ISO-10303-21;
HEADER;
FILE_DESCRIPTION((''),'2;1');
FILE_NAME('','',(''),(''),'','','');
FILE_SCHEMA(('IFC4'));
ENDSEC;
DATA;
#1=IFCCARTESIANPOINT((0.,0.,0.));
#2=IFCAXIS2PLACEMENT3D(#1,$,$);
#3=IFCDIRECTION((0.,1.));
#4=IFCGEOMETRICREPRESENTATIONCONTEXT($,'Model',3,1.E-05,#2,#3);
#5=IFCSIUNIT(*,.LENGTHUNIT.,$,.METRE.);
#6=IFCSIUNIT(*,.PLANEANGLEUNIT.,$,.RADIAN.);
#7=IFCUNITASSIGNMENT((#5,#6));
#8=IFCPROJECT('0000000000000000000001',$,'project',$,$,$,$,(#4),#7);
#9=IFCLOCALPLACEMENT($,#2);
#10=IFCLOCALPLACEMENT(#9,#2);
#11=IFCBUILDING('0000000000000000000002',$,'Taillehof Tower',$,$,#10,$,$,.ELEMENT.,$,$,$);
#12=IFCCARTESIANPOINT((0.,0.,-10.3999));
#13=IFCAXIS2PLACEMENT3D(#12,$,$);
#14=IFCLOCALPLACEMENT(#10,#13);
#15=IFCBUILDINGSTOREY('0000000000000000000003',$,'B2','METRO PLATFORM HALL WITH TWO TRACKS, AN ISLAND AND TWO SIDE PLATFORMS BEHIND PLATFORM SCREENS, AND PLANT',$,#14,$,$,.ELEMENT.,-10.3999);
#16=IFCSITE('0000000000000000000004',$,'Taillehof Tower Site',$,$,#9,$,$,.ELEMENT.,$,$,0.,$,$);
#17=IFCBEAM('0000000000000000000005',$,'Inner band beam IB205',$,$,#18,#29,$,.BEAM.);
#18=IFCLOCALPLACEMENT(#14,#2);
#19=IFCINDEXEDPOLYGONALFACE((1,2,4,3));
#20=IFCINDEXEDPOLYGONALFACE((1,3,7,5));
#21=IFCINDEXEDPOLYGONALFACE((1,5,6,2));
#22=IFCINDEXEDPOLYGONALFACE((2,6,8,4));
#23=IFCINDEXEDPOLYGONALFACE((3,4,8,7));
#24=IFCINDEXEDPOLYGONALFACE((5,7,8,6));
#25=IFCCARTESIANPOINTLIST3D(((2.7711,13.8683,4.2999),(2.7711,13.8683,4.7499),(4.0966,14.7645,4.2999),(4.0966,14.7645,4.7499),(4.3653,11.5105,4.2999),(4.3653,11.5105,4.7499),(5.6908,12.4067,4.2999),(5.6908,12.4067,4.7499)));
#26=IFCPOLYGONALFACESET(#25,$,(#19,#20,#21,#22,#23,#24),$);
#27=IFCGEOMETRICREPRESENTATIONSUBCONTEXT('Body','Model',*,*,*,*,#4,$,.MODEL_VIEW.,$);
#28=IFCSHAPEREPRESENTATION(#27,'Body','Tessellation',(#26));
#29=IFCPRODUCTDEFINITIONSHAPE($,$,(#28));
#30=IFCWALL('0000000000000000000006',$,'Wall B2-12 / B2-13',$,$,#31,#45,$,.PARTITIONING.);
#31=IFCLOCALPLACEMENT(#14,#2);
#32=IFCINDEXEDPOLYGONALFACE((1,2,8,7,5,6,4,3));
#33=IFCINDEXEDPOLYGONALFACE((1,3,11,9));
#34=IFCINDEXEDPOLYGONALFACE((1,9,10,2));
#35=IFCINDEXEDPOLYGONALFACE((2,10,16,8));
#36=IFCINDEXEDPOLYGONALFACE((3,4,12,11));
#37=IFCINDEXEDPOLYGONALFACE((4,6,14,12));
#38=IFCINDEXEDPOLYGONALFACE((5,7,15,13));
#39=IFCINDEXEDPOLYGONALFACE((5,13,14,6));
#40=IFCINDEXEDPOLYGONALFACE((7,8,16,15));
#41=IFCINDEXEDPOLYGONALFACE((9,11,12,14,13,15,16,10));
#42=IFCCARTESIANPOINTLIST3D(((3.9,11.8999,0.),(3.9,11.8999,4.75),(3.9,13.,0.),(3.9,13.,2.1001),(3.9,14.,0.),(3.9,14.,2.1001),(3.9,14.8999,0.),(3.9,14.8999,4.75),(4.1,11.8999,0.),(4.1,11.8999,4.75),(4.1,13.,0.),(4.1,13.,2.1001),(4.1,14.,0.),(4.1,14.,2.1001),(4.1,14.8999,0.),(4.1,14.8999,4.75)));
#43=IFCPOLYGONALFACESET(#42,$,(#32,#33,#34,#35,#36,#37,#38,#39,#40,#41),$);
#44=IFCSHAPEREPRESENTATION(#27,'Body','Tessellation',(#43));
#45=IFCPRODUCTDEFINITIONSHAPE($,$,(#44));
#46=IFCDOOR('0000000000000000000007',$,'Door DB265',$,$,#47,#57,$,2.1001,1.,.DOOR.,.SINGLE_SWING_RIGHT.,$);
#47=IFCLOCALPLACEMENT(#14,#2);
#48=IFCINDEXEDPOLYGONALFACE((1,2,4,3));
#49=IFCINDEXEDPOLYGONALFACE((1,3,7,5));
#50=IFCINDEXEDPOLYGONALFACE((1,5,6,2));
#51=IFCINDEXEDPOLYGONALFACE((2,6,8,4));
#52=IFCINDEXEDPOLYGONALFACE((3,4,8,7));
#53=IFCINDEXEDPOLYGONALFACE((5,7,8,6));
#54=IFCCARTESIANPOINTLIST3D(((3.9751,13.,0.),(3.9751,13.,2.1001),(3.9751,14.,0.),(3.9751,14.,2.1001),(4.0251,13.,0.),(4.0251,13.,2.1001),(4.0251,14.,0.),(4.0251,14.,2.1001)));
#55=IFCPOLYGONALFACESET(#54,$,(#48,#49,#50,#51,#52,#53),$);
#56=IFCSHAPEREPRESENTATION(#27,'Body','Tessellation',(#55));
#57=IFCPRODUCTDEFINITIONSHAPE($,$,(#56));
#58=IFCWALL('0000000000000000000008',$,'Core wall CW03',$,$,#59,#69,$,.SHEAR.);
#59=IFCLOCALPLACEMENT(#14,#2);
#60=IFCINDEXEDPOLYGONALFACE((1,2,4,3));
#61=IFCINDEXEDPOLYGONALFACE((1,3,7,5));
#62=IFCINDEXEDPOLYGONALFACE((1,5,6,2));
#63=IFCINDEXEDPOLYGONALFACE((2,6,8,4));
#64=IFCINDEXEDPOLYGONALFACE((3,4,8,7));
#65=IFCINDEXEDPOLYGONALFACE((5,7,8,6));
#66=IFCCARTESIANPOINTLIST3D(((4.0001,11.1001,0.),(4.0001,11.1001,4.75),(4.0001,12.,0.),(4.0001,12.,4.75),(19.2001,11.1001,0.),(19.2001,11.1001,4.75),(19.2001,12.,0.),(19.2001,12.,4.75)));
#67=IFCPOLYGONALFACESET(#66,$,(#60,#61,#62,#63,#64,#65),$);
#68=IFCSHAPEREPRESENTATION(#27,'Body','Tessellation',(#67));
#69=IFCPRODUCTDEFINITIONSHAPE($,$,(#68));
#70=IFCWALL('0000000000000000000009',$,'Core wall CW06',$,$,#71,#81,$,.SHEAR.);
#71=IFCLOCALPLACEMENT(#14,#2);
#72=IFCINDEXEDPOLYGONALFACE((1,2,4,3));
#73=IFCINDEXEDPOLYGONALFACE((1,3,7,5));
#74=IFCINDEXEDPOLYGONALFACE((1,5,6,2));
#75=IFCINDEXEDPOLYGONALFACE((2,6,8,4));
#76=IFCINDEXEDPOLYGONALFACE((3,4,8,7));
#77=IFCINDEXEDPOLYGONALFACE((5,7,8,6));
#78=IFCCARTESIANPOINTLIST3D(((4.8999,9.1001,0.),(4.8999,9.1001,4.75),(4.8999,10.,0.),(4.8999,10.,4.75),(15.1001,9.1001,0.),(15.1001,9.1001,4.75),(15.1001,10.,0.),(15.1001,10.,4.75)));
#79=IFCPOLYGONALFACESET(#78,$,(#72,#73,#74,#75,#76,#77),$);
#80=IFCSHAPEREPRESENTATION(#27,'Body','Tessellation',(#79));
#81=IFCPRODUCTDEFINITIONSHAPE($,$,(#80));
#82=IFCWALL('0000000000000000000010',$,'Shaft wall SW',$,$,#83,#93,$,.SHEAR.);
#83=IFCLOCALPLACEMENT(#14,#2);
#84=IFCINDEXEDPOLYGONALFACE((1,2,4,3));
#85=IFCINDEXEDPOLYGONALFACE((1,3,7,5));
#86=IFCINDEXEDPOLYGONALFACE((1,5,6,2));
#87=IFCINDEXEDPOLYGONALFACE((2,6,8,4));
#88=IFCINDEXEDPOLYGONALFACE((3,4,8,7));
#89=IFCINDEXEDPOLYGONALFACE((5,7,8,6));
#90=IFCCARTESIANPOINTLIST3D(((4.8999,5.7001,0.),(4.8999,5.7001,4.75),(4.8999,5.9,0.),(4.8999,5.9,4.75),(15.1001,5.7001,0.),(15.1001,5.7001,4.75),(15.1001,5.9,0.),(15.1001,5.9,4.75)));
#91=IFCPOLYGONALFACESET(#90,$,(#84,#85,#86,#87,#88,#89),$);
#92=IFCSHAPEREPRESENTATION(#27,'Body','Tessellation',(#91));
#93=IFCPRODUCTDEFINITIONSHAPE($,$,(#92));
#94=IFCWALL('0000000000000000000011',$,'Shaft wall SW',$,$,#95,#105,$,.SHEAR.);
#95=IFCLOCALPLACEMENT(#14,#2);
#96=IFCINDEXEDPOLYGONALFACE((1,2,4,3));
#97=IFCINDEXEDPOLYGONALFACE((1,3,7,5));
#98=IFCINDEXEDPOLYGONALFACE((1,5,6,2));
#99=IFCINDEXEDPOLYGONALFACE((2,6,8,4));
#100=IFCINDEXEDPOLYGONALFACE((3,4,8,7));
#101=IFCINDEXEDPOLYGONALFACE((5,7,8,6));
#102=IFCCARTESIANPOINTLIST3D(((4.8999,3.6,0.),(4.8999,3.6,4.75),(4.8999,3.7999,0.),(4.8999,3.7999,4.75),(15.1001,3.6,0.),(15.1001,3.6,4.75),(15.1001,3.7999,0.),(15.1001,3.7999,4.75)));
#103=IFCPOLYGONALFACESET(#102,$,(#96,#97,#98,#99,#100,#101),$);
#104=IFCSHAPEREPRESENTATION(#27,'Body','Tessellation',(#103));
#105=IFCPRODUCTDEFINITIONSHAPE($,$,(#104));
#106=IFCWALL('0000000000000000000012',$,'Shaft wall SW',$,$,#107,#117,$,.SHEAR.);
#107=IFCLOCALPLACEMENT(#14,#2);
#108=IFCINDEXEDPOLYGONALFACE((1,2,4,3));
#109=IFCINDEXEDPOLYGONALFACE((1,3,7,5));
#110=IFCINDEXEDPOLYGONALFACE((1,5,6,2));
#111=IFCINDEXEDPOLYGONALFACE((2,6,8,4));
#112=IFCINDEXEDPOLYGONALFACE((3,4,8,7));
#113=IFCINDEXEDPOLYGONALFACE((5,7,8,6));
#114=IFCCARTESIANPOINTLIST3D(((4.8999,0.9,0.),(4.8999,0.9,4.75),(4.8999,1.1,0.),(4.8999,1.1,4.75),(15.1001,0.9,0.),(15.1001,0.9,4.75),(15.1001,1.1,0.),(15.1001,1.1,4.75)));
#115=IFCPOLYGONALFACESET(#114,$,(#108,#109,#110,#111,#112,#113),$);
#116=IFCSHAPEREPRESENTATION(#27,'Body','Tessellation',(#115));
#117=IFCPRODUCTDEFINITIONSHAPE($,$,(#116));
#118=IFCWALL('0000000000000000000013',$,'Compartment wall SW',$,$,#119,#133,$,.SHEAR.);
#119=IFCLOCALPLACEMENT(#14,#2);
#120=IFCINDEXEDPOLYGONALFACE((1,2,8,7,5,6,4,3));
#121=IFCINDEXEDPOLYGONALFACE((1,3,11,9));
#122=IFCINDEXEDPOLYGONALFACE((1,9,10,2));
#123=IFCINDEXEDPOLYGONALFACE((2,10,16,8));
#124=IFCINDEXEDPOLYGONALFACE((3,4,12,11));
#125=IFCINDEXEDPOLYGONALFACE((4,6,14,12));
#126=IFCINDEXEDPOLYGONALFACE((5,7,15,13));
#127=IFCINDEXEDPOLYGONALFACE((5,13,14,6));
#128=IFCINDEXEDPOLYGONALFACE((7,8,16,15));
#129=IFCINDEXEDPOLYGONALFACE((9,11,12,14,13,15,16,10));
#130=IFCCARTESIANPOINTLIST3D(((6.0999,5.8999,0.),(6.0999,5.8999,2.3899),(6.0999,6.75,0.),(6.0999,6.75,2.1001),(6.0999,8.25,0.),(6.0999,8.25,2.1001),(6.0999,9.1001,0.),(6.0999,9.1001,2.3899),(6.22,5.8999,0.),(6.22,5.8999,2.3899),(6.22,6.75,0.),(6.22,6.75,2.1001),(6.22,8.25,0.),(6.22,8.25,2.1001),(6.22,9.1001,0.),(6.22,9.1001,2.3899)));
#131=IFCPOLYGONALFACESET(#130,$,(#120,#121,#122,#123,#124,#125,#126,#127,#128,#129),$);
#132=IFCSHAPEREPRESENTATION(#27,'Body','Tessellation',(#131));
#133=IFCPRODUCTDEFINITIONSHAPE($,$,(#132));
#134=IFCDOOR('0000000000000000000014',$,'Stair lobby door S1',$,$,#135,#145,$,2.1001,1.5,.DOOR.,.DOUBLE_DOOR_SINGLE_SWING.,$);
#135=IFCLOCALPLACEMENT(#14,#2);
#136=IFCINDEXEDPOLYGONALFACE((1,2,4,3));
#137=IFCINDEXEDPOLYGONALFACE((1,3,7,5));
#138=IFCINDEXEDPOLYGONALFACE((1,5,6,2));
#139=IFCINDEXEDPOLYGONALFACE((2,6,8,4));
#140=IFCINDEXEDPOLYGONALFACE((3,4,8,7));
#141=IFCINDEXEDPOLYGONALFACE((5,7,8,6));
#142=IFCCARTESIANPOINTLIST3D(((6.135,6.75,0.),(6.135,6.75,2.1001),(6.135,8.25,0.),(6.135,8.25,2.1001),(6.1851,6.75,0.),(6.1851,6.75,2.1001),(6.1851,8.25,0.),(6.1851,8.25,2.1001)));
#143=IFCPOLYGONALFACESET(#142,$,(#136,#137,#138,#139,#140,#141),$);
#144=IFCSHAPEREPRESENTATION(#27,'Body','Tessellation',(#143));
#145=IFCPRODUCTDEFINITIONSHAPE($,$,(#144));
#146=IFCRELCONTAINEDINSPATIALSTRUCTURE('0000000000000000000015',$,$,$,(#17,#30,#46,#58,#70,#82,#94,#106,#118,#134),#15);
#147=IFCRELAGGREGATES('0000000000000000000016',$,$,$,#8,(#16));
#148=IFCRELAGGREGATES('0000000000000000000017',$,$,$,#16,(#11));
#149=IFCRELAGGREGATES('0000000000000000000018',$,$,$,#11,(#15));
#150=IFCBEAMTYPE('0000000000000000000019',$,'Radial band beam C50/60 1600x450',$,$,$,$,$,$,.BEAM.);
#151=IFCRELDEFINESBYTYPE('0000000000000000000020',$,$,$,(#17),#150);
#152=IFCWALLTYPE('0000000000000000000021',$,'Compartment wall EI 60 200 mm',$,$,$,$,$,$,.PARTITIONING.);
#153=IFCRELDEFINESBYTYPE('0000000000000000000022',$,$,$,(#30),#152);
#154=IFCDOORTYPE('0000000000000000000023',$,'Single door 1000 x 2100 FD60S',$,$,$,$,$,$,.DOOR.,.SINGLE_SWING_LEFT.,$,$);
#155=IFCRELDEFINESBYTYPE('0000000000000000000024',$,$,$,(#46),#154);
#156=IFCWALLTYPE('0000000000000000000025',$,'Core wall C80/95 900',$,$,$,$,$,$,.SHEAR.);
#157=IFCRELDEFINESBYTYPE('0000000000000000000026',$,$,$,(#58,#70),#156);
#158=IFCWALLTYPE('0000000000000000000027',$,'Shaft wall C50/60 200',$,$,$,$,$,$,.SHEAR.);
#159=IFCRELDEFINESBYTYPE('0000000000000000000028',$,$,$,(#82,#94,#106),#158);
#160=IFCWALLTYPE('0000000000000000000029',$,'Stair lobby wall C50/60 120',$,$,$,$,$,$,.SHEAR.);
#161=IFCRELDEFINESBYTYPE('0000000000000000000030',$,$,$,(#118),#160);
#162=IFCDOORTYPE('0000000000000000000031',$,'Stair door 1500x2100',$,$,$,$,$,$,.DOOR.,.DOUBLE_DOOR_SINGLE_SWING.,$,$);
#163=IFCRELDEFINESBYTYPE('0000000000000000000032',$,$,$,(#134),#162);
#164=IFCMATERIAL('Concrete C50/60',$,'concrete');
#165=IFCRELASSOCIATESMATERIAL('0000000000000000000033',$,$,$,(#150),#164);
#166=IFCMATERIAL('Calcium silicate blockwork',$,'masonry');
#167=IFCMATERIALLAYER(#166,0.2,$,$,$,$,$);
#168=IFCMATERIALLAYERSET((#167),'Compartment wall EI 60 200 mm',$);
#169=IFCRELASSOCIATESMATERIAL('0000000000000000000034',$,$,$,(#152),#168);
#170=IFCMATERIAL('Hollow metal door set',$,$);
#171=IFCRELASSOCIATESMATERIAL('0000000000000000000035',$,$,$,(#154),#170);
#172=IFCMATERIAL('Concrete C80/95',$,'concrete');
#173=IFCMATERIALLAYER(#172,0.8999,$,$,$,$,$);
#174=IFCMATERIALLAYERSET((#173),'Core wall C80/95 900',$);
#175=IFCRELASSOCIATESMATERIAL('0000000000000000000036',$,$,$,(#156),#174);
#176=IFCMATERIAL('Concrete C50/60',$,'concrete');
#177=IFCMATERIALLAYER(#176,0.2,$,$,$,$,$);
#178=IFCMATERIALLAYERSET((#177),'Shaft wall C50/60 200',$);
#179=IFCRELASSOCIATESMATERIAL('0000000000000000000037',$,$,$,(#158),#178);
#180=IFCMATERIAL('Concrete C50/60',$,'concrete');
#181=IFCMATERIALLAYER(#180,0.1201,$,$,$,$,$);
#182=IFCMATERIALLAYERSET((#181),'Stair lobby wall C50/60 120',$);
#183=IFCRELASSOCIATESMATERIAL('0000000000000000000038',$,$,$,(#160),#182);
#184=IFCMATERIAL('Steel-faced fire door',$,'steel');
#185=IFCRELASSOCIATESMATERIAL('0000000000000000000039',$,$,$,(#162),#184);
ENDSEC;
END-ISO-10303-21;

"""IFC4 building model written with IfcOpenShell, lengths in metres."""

from ifc_helpers import new_model, si_unit, direction, frame, frame_2d, origin, origin_2d, place, context, subcontext, project, spatial, rectangle, extrude, material, layer, layer_set, material_profile, profile_set, type_object, element, fill, save


model = new_model("IFC4")

# Units and contexts
model_context = context("Model", 3, precision=1e-05, world=origin(), true_north=direction((0.0, 1.0)))
body_context = subcontext(model_context, "Body", "Model", "MODEL_VIEW")
ifc_project = project(units=[si_unit("LENGTHUNIT", "METRE"), si_unit("PLANEANGLEUNIT", "RADIAN")], contexts=[model_context])

# Site, building, storey
site_placement = place(None, origin())
site = spatial("IfcSite", under=ifc_project, at=site_placement, Name="Taillehof Tower Site", CompositionType="ELEMENT", RefElevation=0.0)
building_placement = place(site_placement, origin())
building = spatial("IfcBuilding", under=site, at=building_placement, Name="Taillehof Tower", CompositionType="ELEMENT")
storey_placement = place(building_placement, frame((0.0, 0.0, -10.3999)))
storey = spatial("IfcBuildingStorey", under=building, at=storey_placement, Name="B2", Description="METRO PLATFORM HALL WITH TWO TRACKS, AN ISLAND AND TWO SIDE PLATFORMS BEHIND PLATFORM SCREENS, AND PLANT", CompositionType="ELEMENT", Elevation=-10.3999)

# Beam
ifc_material_1 = material(Name="Concrete C50/60", Category="concrete")
ifc_material_profile_1 = material_profile(ifc_material_1, rectangle(XDim=1.6001, YDim=0.45, at=origin_2d()), Name="RC 1600x450")
ifc_profile_set_1 = profile_set([ifc_material_profile_1], Name="Concrete C50/60")
beam_type = type_object("IfcBeamType", Name="Radial band beam C50/60 1600x450", PredefinedType="BEAM", material=ifc_profile_set_1)
beam_placement = place(storey_placement, frame((3.4338, 14.3164, 4.5249), z_axis=(0.560112, -0.828417, 0.0), x_axis=(0.828417, 0.560112, 0.0)))
element("IfcBeam", 1, at=beam_placement, inside=storey, type_object=beam_type, Name="Inner band beam IB205", PredefinedType="BEAM", context=body_context, shape_type="SweptSolid", body=[
    extrude(rectangle(XDim=1.6001, YDim=0.45, at=origin_2d()), origin(), (0.0, 0.0, 1.0), 2.8462),
])

# Wall, opening, door
ifc_material_2 = material(Name="Calcium silicate blockwork", Category="masonry")
ifc_layer_1 = layer(ifc_material_2, 0.2)
ifc_layer_set_1 = layer_set([ifc_layer_1], Name="Compartment wall EI 60 200 mm")
wall_type_1 = type_object("IfcWallType", Name="Compartment wall EI 60 200 mm", PredefinedType="PARTITIONING", material=ifc_layer_set_1)
wall_1_placement = place(storey_placement, frame((4.0, 11.8999, 0.0), z_axis=(0.0, 0.0, 1.0), x_axis=(0.0, 1.0, 0.0)))
wall_1 = element("IfcWall", 2, at=wall_1_placement, inside=storey, type_object=wall_type_1, Name="Wall B2-12 / B2-13", PredefinedType="PARTITIONING", context=body_context, shape_type="SweptSolid", body=[
    extrude(rectangle(XDim=3.0, YDim=0.2, at=frame_2d((1.5, 0.0))), origin(), (0.0, 0.0, 1.0), 4.75),
])
opening_1_placement = place(wall_1_placement, frame((1.1001, 0.0, 0.0)))
opening_1 = element("IfcOpeningElement", 3, at=opening_1_placement, cuts=wall_1, PredefinedType="OPENING", context=body_context, shape_type="SweptSolid", body=[
    extrude(rectangle(XDim=1.0, YDim=2.1001, at=frame_2d((0.5, 1.05))), frame((0.0, 0.1099, 0.0), z_axis=(0.0, -1.0, 0.0), x_axis=(1.0, 0.0, 0.0)), (0.0, 0.0, 1.0), 0.22),
])
ifc_material_3 = material(Name="Hollow metal door set")
door_type_1 = type_object("IfcDoorType", Name="Single door 1000 x 2100 FD60S", OperationType="SINGLE_SWING_LEFT", PredefinedType="DOOR", material=ifc_material_3)
door_1_placement = place(opening_1_placement, origin())
door_1 = element("IfcDoor", 4, at=door_1_placement, inside=storey, type_object=door_type_1, Name="Door DB265", OperationType="SINGLE_SWING_RIGHT", OverallHeight=2.1001, OverallWidth=1.0, PredefinedType="DOOR", context=body_context, shape_type="SweptSolid", body=[
    extrude(rectangle(XDim=1.0, YDim=2.1001, at=frame_2d((0.5, 1.05))), frame((0.0, 0.0249, 0.0), z_axis=(0.0, -1.0, 0.0), x_axis=(1.0, 0.0, 0.0)), (0.0, 0.0, 1.0), 0.05),
])
fill(opening_1, door_1)

# Walls
ifc_material_4 = material(Name="Concrete C80/95", Category="concrete")
ifc_layer_2 = layer(ifc_material_4, 0.8999)
ifc_layer_set_2 = layer_set([ifc_layer_2], Name="Core wall C80/95 900")
wall_type_2 = type_object("IfcWallType", Name="Core wall C80/95 900", PredefinedType="SHEAR", material=ifc_layer_set_2)
wall_2_placement = place(storey_placement, frame((4.0, 11.55, 0.0), z_axis=(0.0, 0.0, 1.0), x_axis=(1.0, 0.0, 0.0)))
element("IfcWall", 5, at=wall_2_placement, inside=storey, type_object=wall_type_2, Name="Core wall CW03", PredefinedType="SHEAR", context=body_context, shape_type="SweptSolid", body=[
    extrude(rectangle(XDim=15.2, YDim=0.8999, at=frame_2d((7.6001, 0.0))), origin(), (0.0, 0.0, 1.0), 4.75),
])
wall_3_placement = place(storey_placement, frame((4.8999, 9.55, 0.0), z_axis=(0.0, 0.0, 1.0), x_axis=(1.0, 0.0, 0.0)))
element("IfcWall", 6, at=wall_3_placement, inside=storey, type_object=wall_type_2, Name="Core wall CW06", PredefinedType="SHEAR", context=body_context, shape_type="SweptSolid", body=[
    extrude(rectangle(XDim=10.2002, YDim=0.8999, at=frame_2d((5.1001, 0.0))), origin(), (0.0, 0.0, 1.0), 4.75),
])
ifc_material_5 = material(Name="Concrete C50/60", Category="concrete")
ifc_layer_3 = layer(ifc_material_5, 0.2)
ifc_layer_set_3 = layer_set([ifc_layer_3], Name="Shaft wall C50/60 200")
wall_type_3 = type_object("IfcWallType", Name="Shaft wall C50/60 200", PredefinedType="SHEAR", material=ifc_layer_set_3)
for number, where, z_axis, x_axis, name in (
    (7, (4.8999, 5.8, 0.0), (0.0, 0.0, 1.0), (1.0, 0.0, 0.0), "Shaft wall SW"),
    (8, (4.8999, 3.7, 0.0), (0.0, 0.0, 1.0), (1.0, 0.0, 0.0), "Shaft wall SW"),
    (9, (4.8999, 1.0, 0.0), (0.0, 0.0, 1.0), (1.0, 0.0, 0.0), "Shaft wall SW"),
):
    element("IfcWall", number, at=place(storey_placement, frame(where, z_axis=z_axis, x_axis=x_axis)), inside=storey, type_object=wall_type_3, Name=name, PredefinedType="SHEAR", context=body_context, shape_type="SweptSolid", body=[
        extrude(rectangle(XDim=10.2002, YDim=0.2, at=frame_2d((5.1001, 0.0))), origin(), (0.0, 0.0, 1.0), 4.75),
    ])

# Wall, opening, door
ifc_material_6 = material(Name="Concrete C50/60", Category="concrete")
ifc_layer_4 = layer(ifc_material_6, 0.1201)
ifc_layer_set_4 = layer_set([ifc_layer_4], Name="Stair lobby wall C50/60 120")
wall_type_4 = type_object("IfcWallType", Name="Stair lobby wall C50/60 120", PredefinedType="SHEAR", material=ifc_layer_set_4)
wall_4_placement = place(storey_placement, frame((6.1599, 5.8999, 0.0), z_axis=(0.0, 0.0, 1.0), x_axis=(0.0, 1.0, 0.0)))
wall_4 = element("IfcWall", 10, at=wall_4_placement, inside=storey, type_object=wall_type_4, Name="Compartment wall SW", PredefinedType="SHEAR", context=body_context, shape_type="SweptSolid", body=[
    extrude(rectangle(XDim=3.2002, YDim=0.1201, at=frame_2d((1.6001, 0.0))), origin(), (0.0, 0.0, 1.0), 2.3899),
])
opening_2_placement = place(wall_4_placement, frame((0.8501, 0.0, 0.0)))
opening_2 = element("IfcOpeningElement", 11, at=opening_2_placement, cuts=wall_4, PredefinedType="OPENING", context=body_context, shape_type="SweptSolid", body=[
    extrude(rectangle(XDim=1.5, YDim=2.1001, at=frame_2d((0.75, 1.05))), frame((0.0, 0.0701, 0.0), z_axis=(0.0, -1.0, 0.0), x_axis=(1.0, 0.0, 0.0)), (0.0, 0.0, 1.0), 0.1401),
])
ifc_material_7 = material(Name="Steel-faced fire door", Category="steel")
door_type_2 = type_object("IfcDoorType", Name="Stair door 1500x2100", OperationType="DOUBLE_DOOR_SINGLE_SWING", PredefinedType="DOOR", material=ifc_material_7)
door_2_placement = place(opening_2_placement, origin())
door_2 = element("IfcDoor", 12, at=door_2_placement, inside=storey, type_object=door_type_2, Name="Stair lobby door S1", OperationType="DOUBLE_DOOR_SINGLE_SWING", OverallHeight=2.1001, OverallWidth=1.5, PredefinedType="DOOR", context=body_context, shape_type="SweptSolid", body=[
    extrude(rectangle(XDim=1.5, YDim=2.1001, at=frame_2d((0.75, 1.05))), frame((0.0, 0.0249, 0.0), z_axis=(0.0, -1.0, 0.0), x_axis=(1.0, 0.0, 0.0)), (0.0, 0.0, 1.0), 0.05),
])
fill(opening_2, door_2)

save(model, "model.ifc")
